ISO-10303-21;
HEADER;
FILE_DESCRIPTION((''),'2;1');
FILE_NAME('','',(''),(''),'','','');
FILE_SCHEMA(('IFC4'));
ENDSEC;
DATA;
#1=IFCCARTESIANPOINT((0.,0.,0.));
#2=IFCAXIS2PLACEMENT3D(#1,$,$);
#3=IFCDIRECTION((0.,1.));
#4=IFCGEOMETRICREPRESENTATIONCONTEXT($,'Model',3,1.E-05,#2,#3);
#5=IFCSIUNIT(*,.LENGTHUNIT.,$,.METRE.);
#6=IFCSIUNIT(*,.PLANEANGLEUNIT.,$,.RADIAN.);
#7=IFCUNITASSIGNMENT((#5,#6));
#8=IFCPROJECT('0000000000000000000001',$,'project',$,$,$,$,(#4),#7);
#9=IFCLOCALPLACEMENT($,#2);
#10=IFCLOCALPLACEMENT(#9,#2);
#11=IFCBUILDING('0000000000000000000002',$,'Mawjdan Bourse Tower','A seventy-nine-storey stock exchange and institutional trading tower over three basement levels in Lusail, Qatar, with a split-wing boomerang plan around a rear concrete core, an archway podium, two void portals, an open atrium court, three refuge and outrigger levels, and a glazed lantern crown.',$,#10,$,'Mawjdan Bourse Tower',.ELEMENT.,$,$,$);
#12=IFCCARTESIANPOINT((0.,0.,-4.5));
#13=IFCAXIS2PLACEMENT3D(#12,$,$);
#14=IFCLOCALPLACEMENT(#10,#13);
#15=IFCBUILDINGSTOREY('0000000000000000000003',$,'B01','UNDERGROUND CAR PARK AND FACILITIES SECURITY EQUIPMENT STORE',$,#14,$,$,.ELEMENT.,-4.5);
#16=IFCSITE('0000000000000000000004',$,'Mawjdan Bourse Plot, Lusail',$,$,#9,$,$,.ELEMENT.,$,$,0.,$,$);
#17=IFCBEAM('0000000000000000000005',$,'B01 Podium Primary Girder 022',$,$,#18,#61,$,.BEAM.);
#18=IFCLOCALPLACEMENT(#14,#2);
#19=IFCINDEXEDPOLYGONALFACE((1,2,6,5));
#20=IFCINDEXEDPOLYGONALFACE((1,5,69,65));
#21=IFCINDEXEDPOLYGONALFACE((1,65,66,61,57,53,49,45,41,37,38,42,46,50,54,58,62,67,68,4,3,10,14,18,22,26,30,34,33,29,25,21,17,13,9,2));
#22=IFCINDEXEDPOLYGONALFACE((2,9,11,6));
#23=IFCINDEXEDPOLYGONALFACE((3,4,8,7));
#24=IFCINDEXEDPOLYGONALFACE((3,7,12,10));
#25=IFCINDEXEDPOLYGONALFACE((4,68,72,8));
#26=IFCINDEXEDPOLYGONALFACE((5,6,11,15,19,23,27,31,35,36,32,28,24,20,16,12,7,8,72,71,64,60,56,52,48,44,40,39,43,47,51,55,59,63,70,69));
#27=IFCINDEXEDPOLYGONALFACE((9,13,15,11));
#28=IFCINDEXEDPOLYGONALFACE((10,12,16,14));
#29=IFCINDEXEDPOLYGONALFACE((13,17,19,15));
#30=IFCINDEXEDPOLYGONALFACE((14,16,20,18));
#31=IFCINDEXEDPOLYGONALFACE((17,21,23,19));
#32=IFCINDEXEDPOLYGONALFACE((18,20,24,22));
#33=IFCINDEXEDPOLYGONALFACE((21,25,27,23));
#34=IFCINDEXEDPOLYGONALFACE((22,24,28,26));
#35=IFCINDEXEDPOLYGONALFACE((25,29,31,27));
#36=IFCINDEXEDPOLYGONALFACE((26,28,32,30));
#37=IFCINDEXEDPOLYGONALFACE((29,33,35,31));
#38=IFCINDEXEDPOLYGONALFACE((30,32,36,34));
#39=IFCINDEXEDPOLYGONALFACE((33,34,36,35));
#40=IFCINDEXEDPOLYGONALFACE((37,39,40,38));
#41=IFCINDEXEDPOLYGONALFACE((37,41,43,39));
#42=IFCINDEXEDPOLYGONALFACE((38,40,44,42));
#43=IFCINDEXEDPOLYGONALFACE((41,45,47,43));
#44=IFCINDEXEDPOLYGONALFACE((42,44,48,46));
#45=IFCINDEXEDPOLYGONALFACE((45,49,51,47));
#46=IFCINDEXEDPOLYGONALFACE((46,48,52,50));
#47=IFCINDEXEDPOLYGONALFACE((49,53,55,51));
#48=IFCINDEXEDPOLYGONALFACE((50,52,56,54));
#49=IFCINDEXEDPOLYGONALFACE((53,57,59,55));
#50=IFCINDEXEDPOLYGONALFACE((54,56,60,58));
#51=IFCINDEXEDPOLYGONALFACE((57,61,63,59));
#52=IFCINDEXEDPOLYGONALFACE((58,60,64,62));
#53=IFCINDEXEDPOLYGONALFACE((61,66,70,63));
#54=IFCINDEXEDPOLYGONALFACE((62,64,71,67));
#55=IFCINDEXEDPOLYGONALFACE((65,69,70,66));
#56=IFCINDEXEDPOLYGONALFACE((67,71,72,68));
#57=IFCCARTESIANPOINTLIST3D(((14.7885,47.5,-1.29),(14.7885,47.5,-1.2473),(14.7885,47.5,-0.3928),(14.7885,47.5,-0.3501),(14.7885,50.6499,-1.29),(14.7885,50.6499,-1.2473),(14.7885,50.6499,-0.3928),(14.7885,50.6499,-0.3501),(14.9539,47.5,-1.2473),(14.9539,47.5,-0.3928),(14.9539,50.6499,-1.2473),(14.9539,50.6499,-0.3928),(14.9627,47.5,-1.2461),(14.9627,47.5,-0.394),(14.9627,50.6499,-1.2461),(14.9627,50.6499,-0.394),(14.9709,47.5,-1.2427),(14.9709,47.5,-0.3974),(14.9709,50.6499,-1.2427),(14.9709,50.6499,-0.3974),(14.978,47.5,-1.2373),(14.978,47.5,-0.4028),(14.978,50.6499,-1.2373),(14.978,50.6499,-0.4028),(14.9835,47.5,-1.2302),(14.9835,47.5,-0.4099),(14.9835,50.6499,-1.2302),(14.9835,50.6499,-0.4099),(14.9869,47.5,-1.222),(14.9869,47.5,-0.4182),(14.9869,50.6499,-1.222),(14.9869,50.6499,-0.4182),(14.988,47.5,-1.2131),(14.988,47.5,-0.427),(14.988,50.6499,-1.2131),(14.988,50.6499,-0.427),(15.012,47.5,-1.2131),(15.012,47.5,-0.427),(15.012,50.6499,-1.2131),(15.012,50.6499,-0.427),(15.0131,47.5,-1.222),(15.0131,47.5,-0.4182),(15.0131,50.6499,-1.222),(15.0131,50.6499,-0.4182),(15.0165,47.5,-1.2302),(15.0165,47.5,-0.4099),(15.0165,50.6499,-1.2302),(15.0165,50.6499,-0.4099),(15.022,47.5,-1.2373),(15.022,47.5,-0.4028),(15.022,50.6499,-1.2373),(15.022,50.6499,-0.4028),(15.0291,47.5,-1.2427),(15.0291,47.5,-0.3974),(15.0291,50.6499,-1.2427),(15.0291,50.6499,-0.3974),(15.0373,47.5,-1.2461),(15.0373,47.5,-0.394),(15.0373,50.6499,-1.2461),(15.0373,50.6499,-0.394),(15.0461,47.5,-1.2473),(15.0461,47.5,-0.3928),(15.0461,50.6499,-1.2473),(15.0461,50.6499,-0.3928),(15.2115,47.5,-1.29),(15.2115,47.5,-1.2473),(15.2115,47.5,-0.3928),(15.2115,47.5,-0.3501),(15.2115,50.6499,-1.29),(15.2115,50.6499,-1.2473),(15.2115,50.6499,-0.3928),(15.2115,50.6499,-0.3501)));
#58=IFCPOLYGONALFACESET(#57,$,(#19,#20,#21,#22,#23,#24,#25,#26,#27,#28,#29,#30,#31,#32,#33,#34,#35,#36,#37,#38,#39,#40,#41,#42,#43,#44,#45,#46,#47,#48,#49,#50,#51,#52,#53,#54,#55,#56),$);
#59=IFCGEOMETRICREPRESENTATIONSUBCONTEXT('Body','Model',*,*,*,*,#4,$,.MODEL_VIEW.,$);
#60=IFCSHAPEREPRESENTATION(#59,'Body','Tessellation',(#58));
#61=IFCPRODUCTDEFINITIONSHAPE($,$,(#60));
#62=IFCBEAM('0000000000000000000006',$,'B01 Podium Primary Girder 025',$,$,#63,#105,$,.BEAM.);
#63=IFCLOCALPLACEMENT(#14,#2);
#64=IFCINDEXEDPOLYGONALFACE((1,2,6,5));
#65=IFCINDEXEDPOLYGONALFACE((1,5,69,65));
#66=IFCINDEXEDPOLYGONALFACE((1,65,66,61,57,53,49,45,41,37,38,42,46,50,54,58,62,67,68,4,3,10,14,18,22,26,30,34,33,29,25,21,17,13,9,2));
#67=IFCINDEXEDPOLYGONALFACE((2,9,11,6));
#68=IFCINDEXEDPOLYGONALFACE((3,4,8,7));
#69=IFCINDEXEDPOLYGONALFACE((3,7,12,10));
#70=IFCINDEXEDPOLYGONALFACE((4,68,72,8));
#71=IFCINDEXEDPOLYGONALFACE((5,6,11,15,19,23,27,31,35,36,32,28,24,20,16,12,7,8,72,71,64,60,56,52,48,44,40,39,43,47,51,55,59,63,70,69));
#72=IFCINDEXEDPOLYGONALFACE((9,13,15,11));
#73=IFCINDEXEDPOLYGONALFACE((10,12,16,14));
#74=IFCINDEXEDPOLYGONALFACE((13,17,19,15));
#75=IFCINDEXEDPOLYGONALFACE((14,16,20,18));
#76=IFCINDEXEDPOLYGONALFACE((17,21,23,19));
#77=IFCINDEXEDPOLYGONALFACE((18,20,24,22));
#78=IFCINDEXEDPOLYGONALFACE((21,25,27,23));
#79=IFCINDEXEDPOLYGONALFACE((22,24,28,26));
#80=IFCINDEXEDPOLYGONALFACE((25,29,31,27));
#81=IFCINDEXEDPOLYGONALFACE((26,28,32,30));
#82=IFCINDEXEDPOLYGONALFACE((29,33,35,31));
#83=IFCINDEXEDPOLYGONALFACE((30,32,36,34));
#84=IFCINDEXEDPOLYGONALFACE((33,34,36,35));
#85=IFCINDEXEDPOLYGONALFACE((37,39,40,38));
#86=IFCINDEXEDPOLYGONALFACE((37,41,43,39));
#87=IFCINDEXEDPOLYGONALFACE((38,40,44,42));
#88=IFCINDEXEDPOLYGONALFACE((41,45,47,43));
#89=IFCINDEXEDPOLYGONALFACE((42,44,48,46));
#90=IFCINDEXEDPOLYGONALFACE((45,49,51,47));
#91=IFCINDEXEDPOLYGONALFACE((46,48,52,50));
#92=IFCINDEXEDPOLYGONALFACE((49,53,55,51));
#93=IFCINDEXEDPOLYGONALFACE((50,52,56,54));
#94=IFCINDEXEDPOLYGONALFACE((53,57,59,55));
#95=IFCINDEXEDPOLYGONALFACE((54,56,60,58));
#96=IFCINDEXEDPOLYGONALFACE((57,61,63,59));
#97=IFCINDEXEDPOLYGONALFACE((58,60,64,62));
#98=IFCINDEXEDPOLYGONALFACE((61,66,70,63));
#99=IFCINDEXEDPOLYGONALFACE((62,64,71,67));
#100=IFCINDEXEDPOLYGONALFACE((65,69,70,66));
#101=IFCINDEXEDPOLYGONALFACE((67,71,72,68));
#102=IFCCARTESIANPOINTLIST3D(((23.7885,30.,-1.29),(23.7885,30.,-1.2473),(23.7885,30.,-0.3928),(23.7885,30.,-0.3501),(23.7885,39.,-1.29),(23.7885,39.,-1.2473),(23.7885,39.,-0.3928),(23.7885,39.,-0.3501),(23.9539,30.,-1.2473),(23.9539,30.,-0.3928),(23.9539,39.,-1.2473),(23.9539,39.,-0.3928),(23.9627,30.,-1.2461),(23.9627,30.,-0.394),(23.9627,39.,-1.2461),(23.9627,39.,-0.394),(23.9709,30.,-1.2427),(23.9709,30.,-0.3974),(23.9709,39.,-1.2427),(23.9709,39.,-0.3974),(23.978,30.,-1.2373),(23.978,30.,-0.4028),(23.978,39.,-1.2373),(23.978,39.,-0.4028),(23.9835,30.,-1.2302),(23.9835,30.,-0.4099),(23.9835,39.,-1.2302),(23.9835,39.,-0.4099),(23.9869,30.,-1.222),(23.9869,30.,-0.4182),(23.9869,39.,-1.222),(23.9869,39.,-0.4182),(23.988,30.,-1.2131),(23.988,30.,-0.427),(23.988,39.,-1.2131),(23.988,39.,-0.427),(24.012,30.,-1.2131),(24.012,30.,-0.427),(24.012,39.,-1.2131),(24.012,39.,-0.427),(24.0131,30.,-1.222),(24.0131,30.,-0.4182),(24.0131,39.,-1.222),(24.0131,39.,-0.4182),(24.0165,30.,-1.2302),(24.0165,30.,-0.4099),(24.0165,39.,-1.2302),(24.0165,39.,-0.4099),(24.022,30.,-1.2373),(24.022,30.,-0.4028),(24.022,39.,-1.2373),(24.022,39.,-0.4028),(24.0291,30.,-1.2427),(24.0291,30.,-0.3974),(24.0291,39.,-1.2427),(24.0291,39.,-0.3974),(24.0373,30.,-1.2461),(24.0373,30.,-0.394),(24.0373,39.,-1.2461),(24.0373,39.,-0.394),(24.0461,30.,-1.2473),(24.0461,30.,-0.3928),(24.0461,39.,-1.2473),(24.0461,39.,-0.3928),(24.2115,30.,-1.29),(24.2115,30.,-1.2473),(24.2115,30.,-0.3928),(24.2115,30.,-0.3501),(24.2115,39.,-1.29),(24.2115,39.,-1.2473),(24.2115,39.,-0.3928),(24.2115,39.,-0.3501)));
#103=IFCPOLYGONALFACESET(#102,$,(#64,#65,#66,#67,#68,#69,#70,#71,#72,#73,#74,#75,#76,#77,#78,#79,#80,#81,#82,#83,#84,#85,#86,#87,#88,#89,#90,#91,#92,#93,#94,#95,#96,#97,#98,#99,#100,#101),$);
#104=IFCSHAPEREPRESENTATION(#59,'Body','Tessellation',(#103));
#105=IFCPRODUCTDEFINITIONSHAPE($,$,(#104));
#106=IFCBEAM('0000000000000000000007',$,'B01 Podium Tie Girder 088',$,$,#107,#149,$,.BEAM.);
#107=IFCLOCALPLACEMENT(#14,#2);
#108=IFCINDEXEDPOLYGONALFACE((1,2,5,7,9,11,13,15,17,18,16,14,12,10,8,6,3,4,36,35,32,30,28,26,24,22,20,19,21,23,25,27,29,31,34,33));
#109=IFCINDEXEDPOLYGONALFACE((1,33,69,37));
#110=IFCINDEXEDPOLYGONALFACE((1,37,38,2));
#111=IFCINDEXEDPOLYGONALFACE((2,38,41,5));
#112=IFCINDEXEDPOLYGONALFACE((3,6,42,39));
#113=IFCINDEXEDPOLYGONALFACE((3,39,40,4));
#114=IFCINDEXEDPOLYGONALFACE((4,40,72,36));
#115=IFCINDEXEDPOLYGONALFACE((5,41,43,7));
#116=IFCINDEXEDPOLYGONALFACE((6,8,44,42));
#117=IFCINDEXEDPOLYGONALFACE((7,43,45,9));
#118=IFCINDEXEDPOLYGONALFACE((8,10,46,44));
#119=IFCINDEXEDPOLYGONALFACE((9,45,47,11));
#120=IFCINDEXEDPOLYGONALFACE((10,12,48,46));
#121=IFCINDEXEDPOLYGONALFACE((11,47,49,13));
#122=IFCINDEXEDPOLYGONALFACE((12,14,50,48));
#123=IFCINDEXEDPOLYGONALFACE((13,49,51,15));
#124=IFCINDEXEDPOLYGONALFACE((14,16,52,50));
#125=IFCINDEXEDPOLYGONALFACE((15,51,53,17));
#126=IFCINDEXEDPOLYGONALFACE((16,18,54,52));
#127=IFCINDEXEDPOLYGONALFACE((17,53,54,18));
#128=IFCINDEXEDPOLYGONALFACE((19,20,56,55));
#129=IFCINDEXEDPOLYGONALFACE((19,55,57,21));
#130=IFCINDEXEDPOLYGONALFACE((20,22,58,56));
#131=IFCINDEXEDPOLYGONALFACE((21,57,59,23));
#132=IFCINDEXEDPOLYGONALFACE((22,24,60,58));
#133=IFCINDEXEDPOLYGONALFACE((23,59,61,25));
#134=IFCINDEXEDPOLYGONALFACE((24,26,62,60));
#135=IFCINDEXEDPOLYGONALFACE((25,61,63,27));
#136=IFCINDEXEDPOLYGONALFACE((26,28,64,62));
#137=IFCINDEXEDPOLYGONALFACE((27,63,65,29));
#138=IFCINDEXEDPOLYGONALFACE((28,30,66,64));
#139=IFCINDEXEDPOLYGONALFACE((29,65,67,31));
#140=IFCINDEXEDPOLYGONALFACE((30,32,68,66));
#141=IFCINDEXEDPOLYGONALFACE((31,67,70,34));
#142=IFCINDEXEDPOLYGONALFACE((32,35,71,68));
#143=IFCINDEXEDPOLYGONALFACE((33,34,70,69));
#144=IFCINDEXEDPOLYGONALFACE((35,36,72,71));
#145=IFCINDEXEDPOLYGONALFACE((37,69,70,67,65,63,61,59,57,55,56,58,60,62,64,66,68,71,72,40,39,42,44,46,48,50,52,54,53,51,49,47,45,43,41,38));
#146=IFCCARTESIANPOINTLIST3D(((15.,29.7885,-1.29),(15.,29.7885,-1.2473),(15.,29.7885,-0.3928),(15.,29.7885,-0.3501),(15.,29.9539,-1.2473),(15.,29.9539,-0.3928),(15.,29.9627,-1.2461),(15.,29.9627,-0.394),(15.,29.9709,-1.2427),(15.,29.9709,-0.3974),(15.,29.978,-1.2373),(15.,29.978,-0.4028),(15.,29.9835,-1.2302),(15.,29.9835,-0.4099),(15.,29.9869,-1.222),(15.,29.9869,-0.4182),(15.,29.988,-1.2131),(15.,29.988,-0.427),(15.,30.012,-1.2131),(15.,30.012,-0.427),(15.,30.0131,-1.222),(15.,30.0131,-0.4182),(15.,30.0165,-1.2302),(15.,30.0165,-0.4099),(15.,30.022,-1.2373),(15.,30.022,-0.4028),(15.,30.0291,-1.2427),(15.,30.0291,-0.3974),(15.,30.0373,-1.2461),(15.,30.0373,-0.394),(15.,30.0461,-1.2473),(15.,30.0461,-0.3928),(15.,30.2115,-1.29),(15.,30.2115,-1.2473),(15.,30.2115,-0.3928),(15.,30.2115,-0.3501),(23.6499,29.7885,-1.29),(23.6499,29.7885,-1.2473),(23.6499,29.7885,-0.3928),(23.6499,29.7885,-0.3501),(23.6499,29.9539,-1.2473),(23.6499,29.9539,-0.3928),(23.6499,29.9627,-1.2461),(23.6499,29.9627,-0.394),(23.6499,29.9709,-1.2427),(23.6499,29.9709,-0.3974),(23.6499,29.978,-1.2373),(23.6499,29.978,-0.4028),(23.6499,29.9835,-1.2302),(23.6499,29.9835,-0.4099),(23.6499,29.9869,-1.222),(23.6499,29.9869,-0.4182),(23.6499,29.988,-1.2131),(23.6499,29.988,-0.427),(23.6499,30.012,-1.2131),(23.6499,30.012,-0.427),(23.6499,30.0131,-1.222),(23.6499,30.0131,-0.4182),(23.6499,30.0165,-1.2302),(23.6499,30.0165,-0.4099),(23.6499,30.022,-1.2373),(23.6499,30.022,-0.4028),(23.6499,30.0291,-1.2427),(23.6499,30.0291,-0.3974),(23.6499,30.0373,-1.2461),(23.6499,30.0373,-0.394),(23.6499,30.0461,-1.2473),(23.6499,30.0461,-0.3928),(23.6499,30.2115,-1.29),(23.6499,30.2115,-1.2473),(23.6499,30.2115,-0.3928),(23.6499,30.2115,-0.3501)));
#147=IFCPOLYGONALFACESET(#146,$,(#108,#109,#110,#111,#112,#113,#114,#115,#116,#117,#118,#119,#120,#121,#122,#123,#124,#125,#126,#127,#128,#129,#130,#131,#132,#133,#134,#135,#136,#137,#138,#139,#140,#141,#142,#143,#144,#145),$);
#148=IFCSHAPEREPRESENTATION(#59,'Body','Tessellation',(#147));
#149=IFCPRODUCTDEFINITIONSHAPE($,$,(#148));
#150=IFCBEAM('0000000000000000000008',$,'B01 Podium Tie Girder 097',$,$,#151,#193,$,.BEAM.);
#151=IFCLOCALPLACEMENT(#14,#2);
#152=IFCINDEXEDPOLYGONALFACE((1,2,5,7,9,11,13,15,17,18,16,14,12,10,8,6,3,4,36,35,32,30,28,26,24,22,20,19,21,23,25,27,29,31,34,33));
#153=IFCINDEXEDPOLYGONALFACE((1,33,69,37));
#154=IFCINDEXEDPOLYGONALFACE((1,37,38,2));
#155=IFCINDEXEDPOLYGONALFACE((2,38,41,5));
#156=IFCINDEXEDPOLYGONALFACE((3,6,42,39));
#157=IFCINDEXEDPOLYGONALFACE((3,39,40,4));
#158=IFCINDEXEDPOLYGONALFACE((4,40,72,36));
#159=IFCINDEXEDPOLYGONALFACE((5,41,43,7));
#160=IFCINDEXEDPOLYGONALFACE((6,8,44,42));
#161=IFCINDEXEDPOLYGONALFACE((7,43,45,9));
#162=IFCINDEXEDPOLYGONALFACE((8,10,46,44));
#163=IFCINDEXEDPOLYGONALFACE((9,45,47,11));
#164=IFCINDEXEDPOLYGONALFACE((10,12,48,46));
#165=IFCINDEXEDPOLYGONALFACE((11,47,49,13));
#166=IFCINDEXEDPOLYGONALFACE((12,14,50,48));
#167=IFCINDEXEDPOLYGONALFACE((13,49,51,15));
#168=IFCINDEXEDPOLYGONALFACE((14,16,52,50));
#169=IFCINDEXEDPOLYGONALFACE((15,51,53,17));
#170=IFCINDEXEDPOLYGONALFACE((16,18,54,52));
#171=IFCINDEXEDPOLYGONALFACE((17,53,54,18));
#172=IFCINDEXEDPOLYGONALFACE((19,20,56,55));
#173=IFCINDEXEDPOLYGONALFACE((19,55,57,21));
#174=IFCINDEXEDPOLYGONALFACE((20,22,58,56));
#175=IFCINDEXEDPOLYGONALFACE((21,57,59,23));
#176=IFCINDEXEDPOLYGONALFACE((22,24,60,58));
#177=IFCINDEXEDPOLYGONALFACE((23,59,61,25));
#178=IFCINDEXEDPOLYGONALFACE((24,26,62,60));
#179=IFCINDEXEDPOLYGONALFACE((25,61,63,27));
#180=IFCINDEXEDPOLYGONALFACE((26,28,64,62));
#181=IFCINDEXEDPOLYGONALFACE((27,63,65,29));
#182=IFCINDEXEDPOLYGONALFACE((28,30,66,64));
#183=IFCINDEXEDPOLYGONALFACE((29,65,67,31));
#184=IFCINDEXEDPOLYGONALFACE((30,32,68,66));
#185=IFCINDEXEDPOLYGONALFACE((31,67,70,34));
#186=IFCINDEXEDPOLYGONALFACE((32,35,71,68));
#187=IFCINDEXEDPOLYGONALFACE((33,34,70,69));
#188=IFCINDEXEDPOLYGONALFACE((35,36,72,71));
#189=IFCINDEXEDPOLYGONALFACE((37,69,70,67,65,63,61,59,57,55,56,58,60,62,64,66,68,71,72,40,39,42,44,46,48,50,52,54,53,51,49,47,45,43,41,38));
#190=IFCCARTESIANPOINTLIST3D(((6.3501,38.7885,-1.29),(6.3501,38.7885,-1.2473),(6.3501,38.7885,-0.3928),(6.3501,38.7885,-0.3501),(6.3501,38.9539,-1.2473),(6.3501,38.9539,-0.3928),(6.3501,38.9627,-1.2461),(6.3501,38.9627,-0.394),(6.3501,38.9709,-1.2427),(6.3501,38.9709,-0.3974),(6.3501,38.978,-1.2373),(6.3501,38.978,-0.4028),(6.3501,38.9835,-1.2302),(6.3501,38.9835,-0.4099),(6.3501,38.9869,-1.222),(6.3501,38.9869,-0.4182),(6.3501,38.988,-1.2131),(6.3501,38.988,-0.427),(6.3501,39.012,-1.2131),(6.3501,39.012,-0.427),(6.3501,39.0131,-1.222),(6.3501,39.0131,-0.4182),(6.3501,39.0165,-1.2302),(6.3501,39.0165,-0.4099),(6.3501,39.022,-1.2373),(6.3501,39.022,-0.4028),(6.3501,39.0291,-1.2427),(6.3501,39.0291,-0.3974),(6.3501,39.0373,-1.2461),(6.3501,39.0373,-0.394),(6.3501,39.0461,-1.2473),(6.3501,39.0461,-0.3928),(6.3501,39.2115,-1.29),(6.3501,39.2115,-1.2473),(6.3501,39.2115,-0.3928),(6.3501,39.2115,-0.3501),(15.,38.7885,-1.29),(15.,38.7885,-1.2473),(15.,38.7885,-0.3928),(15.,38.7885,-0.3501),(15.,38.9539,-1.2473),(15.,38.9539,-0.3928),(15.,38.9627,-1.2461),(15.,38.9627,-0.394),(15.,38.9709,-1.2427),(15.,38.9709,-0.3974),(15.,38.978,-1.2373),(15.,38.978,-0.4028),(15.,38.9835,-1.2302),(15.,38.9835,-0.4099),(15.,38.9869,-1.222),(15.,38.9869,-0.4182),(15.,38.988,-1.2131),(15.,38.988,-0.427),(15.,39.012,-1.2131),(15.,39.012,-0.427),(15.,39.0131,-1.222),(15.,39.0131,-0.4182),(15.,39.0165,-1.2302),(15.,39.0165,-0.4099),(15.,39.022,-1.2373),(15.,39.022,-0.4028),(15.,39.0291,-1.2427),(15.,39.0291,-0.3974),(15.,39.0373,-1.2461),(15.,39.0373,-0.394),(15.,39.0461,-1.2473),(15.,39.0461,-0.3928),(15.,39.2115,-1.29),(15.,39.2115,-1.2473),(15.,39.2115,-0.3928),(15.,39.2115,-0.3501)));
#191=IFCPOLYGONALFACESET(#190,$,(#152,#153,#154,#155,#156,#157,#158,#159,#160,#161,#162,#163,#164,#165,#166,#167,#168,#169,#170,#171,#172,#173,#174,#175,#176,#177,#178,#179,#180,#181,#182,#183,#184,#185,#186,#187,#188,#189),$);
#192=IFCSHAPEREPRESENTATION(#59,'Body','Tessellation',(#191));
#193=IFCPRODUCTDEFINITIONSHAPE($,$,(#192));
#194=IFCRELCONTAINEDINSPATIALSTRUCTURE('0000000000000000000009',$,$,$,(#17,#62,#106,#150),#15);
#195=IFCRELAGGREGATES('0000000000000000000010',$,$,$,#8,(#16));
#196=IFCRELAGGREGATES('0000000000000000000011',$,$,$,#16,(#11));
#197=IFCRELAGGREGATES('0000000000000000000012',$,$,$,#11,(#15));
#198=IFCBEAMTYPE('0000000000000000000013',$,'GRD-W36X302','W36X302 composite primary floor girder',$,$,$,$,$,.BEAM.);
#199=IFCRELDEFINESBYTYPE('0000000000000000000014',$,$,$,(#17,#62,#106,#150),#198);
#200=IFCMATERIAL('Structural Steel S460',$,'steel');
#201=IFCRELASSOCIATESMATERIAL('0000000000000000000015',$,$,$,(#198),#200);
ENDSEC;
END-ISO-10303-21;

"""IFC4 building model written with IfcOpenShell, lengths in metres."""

from ifc_helpers import new_model, si_unit, direction, frame, origin, origin_2d, place, context, subcontext, project, spatial, i_section, extrude, material, material_profile, profile_set, type_object, element, save


model = new_model("IFC4")

# Units and contexts
model_context = context("Model", 3, precision=1e-05, world=origin(), true_north=direction((0.0, 1.0)))
body_context = subcontext(model_context, "Body", "Model", "MODEL_VIEW")
ifc_project = project(units=[si_unit("LENGTHUNIT", "METRE"), si_unit("PLANEANGLEUNIT", "RADIAN")], contexts=[model_context])

# Site, building, storey
site_placement = place(None, origin())
site = spatial("IfcSite", under=ifc_project, at=site_placement, Name="Mawjdan Bourse Plot, Lusail", CompositionType="ELEMENT", RefElevation=0.0)
building_placement = place(site_placement, origin())
building = spatial("IfcBuilding", under=site, at=building_placement, Name="Mawjdan Bourse Tower", Description="A seventy-nine-storey stock exchange and institutional trading tower over three basement levels in Lusail, Qatar, with a split-wing boomerang plan around a rear concrete core, an archway podium, two void portals, an open atrium court, three refuge and outrigger levels, and a glazed lantern crown.", LongName="Mawjdan Bourse Tower", CompositionType="ELEMENT")
storey_placement = place(building_placement, frame((0.0, 0.0, -4.5)))
storey = spatial("IfcBuildingStorey", under=building, at=storey_placement, Name="B01", Description="UNDERGROUND CAR PARK AND FACILITIES SECURITY EQUIPMENT STORE", CompositionType="ELEMENT", Elevation=-4.5)

# Beams
ifc_material_1 = material(Name="Structural Steel S460", Category="steel")
ifc_material_profile_1 = material_profile(ifc_material_1, i_section(OverallWidth=0.4231, OverallDepth=0.9399, WebThickness=0.0239, FlangeThickness=0.0427, FilletRadius=0.0342, at=origin_2d()), Name="W36X302")
ifc_profile_set_1 = profile_set([ifc_material_profile_1], Name="Structural Steel S460")
beam_type_1 = type_object("IfcBeamType", Name="GRD-W36X302", Description="W36X302 composite primary floor girder", PredefinedType="BEAM", material=ifc_profile_set_1)
beam_1_placement = place(storey_placement, frame((15.0, 47.5, -0.8201), z_axis=(0.0, 1.0, 0.0), x_axis=(-1.0, 0.0, 0.0)))
element("IfcBeam", 1, at=beam_1_placement, inside=storey, type_object=beam_type_1, Name="B01 Podium Primary Girder 022", PredefinedType="BEAM", context=body_context, shape_type="SweptSolid", body=[
    extrude(i_section(OverallWidth=0.4231, OverallDepth=0.9399, WebThickness=0.0239, FlangeThickness=0.0427, FilletRadius=0.0342, at=origin_2d()), origin(), (0.0, 0.0, 1.0), 3.1499),
])
beam_2_placement = place(storey_placement, frame((24.0, 30.0, -0.8201), z_axis=(0.0, 1.0, 0.0), x_axis=(-1.0, 0.0, 0.0)))
element("IfcBeam", 2, at=beam_2_placement, inside=storey, type_object=beam_type_1, Name="B01 Podium Primary Girder 025", PredefinedType="BEAM", context=body_context, shape_type="SweptSolid", body=[
    extrude(i_section(OverallWidth=0.4231, OverallDepth=0.9399, WebThickness=0.0239, FlangeThickness=0.0427, FilletRadius=0.0342, at=origin_2d()), origin(), (0.0, 0.0, 1.0), 9.0),
])
for number, where, z_axis, x_axis, name in (
    (3, (15.0, 30.0, -0.8201), (1.0, 0.0, 0.0), (0.0, 1.0, 0.0), "B01 Podium Tie Girder 088"),
    (4, (6.3501, 39.0, -0.8201), (1.0, 0.0, 0.0), (0.0, 1.0, 0.0), "B01 Podium Tie Girder 097"),
):
    element("IfcBeam", number, at=place(storey_placement, frame(where, z_axis=z_axis, x_axis=x_axis)), inside=storey, type_object=beam_type_1, Name=name, PredefinedType="BEAM", context=body_context, shape_type="SweptSolid", body=[
        extrude(i_section(OverallWidth=0.4231, OverallDepth=0.9399, WebThickness=0.0239, FlangeThickness=0.0427, FilletRadius=0.0342, at=origin_2d()), origin(), (0.0, 0.0, 1.0), 8.6499),
    ])

save(model, "model.ifc")
